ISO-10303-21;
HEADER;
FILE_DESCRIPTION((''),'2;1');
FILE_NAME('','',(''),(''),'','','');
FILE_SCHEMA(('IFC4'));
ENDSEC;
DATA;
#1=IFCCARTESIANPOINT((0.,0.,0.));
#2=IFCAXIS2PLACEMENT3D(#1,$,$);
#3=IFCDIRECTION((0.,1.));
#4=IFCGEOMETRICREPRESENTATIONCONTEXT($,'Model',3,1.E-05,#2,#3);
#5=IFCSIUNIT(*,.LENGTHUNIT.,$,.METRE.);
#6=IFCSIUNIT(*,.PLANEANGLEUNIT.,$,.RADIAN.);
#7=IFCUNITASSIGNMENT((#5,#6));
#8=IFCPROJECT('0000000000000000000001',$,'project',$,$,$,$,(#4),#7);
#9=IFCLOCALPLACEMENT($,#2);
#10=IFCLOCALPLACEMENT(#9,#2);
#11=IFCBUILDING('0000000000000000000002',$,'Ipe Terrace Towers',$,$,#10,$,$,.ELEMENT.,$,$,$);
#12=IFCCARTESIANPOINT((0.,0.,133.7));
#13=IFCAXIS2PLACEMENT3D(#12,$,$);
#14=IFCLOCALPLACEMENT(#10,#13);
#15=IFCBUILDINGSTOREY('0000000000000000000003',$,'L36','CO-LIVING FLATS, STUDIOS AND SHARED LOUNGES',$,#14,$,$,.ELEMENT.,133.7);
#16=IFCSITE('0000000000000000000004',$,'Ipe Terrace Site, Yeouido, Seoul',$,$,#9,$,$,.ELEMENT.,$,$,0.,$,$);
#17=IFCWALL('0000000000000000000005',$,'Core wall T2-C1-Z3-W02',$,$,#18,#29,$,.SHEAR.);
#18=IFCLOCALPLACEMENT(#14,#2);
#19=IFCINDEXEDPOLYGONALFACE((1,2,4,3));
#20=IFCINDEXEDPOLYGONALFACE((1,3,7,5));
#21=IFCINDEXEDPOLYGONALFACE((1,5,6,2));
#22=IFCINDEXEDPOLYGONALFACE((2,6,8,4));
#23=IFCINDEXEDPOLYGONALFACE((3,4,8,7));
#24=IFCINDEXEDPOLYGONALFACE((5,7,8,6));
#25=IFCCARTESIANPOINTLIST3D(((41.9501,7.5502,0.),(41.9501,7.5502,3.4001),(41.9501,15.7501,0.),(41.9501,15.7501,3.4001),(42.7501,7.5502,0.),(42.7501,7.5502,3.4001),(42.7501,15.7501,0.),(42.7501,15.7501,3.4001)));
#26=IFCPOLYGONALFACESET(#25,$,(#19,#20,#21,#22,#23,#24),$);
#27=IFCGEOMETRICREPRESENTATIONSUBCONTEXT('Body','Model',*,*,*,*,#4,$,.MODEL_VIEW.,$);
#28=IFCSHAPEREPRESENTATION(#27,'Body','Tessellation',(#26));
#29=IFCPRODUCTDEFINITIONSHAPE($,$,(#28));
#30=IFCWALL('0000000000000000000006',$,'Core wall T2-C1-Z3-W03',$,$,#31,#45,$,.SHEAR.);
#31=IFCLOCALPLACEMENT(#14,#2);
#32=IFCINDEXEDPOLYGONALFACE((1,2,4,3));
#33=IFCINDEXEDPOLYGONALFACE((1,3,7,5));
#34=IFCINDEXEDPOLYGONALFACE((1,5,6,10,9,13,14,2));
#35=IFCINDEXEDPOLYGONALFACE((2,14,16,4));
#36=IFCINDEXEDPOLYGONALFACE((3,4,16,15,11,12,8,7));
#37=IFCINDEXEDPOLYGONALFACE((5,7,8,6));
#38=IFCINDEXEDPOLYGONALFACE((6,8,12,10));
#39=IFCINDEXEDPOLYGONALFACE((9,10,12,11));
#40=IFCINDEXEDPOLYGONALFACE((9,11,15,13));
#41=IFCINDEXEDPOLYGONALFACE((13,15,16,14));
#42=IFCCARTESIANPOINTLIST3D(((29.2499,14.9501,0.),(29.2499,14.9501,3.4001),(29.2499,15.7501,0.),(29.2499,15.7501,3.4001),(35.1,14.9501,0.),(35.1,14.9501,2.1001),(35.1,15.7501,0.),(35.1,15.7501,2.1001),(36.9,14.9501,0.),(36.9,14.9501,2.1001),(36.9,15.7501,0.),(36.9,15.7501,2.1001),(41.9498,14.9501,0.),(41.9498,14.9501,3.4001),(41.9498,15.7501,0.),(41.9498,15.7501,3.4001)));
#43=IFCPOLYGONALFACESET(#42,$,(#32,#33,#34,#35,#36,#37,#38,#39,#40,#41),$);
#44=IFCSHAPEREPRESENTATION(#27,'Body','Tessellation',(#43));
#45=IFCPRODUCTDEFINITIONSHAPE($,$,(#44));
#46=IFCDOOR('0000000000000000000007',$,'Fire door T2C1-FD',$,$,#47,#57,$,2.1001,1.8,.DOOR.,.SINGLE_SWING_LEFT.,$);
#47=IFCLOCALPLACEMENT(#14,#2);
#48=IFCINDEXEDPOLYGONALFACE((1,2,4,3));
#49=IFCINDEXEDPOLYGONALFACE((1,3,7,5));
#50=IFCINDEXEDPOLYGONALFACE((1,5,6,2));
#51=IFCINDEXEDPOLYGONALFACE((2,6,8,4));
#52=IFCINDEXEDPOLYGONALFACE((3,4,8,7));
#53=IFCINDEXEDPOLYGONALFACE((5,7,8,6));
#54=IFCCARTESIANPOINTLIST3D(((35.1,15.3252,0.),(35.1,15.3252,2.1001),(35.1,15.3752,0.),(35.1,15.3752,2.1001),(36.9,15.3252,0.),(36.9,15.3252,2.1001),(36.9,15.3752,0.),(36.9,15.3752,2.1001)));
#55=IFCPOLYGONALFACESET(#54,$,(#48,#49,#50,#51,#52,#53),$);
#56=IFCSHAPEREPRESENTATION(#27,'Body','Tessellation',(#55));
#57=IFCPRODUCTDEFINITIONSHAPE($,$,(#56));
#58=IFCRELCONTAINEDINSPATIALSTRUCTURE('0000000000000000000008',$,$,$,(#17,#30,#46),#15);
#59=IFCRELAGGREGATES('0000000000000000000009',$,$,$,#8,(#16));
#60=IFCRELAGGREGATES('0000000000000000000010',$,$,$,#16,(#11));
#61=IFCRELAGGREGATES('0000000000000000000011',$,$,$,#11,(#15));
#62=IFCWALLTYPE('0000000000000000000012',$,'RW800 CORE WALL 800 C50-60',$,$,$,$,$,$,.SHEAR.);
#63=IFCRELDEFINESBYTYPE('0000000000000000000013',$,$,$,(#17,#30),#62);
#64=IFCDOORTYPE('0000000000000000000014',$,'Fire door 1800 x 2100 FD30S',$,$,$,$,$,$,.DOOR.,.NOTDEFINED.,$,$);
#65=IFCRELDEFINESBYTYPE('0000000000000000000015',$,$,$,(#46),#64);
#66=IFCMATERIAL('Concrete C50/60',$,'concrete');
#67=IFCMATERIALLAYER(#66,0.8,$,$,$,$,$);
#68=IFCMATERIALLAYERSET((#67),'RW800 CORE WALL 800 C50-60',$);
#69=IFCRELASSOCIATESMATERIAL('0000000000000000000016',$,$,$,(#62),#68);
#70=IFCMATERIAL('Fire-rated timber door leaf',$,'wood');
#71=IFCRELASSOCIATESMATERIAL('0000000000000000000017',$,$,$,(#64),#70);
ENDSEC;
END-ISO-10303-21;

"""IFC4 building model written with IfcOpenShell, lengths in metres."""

from ifc_helpers import new_model, si_unit, direction, frame, frame_2d, origin, place, context, subcontext, project, spatial, rectangle, extrude, material, layer, layer_set, type_object, element, fill, save


model = new_model("IFC4")

# Units and contexts
model_context = context("Model", 3, precision=1e-05, world=origin(), true_north=direction((0.0, 1.0)))
body_context = subcontext(model_context, "Body", "Model", "MODEL_VIEW")
ifc_project = project(units=[si_unit("LENGTHUNIT", "METRE"), si_unit("PLANEANGLEUNIT", "RADIAN")], contexts=[model_context])

# Site, building, storey
site_placement = place(None, origin())
site = spatial("IfcSite", under=ifc_project, at=site_placement, Name="Ipe Terrace Site, Yeouido, Seoul", CompositionType="ELEMENT", RefElevation=0.0)
building_placement = place(site_placement, origin())
building = spatial("IfcBuilding", under=site, at=building_placement, Name="Ipe Terrace Towers", CompositionType="ELEMENT")
storey_placement = place(building_placement, frame((0.0, 0.0, 133.7)))
storey = spatial("IfcBuildingStorey", under=building, at=storey_placement, Name="L36", Description="CO-LIVING FLATS, STUDIOS AND SHARED LOUNGES", CompositionType="ELEMENT", Elevation=133.7)

# Wall
ifc_material_1 = material(Name="Concrete C50/60", Category="concrete")
ifc_layer_1 = layer(ifc_material_1, 0.8)
ifc_layer_set_1 = layer_set([ifc_layer_1], Name="RW800 CORE WALL 800 C50-60")
wall_type_1 = type_object("IfcWallType", Name="RW800 CORE WALL 800 C50-60", PredefinedType="SHEAR", material=ifc_layer_set_1)
wall_1_placement = place(storey_placement, frame((42.3501, 7.55, 0.0), z_axis=(0.0, 0.0, 1.0), x_axis=(0.0, 1.0, 0.0)))
element("IfcWall", 1, at=wall_1_placement, inside=storey, type_object=wall_type_1, Name="Core wall T2-C1-Z3-W02", PredefinedType="SHEAR", context=body_context, shape_type="SweptSolid", body=[
    extrude(rectangle(XDim=8.2, YDim=0.8, at=frame_2d((4.1001, 0.0))), origin(), (0.0, 0.0, 1.0), 3.4001),
])

# Wall, opening, door
wall_2_placement = place(storey_placement, frame((41.95, 15.3501, 0.0), z_axis=(0.0, 0.0, 1.0), x_axis=(-1.0, 0.0, 0.0)))
wall_2 = element("IfcWall", 2, at=wall_2_placement, inside=storey, type_object=wall_type_1, Name="Core wall T2-C1-Z3-W03", PredefinedType="SHEAR", context=body_context, shape_type="SweptSolid", body=[
    extrude(rectangle(XDim=12.7, YDim=0.8, at=frame_2d((6.3501, 0.0))), origin(), (0.0, 0.0, 1.0), 3.4001),
])
opening_1_placement = place(wall_2_placement, frame((5.05, 0.0, 0.0)))
opening_1 = element("IfcOpeningElement", 3, at=opening_1_placement, cuts=wall_2, PredefinedType="OPENING", context=body_context, shape_type="SweptSolid", body=[
    extrude(rectangle(XDim=1.8, YDim=2.1001, at=frame_2d((0.8999, 1.05))), frame((0.0, 0.4102, 0.0), z_axis=(0.0, -1.0, 0.0), x_axis=(1.0, 0.0, 0.0)), (0.0, 0.0, 1.0), 0.8201),
])
ifc_material_2 = material(Name="Fire-rated timber door leaf", Category="wood")
door_type_1 = type_object("IfcDoorType", Name="Fire door 1800 x 2100 FD30S", OperationType="NOTDEFINED", PredefinedType="DOOR", material=ifc_material_2)
door_1_placement = place(opening_1_placement, origin())
door_1 = element("IfcDoor", 4, at=door_1_placement, inside=storey, type_object=door_type_1, Name="Fire door T2C1-FD", OperationType="SINGLE_SWING_LEFT", OverallHeight=2.1001, OverallWidth=1.8, PredefinedType="DOOR", context=body_context, shape_type="SweptSolid", body=[
    extrude(rectangle(XDim=1.8, YDim=2.1001, at=frame_2d((0.8999, 1.05))), frame((0.0, 0.0249, 0.0), z_axis=(0.0, -1.0, 0.0), x_axis=(1.0, 0.0, 0.0)), (0.0, 0.0, 1.0), 0.05),
])
fill(opening_1, door_1)

save(model, "model.ifc")
